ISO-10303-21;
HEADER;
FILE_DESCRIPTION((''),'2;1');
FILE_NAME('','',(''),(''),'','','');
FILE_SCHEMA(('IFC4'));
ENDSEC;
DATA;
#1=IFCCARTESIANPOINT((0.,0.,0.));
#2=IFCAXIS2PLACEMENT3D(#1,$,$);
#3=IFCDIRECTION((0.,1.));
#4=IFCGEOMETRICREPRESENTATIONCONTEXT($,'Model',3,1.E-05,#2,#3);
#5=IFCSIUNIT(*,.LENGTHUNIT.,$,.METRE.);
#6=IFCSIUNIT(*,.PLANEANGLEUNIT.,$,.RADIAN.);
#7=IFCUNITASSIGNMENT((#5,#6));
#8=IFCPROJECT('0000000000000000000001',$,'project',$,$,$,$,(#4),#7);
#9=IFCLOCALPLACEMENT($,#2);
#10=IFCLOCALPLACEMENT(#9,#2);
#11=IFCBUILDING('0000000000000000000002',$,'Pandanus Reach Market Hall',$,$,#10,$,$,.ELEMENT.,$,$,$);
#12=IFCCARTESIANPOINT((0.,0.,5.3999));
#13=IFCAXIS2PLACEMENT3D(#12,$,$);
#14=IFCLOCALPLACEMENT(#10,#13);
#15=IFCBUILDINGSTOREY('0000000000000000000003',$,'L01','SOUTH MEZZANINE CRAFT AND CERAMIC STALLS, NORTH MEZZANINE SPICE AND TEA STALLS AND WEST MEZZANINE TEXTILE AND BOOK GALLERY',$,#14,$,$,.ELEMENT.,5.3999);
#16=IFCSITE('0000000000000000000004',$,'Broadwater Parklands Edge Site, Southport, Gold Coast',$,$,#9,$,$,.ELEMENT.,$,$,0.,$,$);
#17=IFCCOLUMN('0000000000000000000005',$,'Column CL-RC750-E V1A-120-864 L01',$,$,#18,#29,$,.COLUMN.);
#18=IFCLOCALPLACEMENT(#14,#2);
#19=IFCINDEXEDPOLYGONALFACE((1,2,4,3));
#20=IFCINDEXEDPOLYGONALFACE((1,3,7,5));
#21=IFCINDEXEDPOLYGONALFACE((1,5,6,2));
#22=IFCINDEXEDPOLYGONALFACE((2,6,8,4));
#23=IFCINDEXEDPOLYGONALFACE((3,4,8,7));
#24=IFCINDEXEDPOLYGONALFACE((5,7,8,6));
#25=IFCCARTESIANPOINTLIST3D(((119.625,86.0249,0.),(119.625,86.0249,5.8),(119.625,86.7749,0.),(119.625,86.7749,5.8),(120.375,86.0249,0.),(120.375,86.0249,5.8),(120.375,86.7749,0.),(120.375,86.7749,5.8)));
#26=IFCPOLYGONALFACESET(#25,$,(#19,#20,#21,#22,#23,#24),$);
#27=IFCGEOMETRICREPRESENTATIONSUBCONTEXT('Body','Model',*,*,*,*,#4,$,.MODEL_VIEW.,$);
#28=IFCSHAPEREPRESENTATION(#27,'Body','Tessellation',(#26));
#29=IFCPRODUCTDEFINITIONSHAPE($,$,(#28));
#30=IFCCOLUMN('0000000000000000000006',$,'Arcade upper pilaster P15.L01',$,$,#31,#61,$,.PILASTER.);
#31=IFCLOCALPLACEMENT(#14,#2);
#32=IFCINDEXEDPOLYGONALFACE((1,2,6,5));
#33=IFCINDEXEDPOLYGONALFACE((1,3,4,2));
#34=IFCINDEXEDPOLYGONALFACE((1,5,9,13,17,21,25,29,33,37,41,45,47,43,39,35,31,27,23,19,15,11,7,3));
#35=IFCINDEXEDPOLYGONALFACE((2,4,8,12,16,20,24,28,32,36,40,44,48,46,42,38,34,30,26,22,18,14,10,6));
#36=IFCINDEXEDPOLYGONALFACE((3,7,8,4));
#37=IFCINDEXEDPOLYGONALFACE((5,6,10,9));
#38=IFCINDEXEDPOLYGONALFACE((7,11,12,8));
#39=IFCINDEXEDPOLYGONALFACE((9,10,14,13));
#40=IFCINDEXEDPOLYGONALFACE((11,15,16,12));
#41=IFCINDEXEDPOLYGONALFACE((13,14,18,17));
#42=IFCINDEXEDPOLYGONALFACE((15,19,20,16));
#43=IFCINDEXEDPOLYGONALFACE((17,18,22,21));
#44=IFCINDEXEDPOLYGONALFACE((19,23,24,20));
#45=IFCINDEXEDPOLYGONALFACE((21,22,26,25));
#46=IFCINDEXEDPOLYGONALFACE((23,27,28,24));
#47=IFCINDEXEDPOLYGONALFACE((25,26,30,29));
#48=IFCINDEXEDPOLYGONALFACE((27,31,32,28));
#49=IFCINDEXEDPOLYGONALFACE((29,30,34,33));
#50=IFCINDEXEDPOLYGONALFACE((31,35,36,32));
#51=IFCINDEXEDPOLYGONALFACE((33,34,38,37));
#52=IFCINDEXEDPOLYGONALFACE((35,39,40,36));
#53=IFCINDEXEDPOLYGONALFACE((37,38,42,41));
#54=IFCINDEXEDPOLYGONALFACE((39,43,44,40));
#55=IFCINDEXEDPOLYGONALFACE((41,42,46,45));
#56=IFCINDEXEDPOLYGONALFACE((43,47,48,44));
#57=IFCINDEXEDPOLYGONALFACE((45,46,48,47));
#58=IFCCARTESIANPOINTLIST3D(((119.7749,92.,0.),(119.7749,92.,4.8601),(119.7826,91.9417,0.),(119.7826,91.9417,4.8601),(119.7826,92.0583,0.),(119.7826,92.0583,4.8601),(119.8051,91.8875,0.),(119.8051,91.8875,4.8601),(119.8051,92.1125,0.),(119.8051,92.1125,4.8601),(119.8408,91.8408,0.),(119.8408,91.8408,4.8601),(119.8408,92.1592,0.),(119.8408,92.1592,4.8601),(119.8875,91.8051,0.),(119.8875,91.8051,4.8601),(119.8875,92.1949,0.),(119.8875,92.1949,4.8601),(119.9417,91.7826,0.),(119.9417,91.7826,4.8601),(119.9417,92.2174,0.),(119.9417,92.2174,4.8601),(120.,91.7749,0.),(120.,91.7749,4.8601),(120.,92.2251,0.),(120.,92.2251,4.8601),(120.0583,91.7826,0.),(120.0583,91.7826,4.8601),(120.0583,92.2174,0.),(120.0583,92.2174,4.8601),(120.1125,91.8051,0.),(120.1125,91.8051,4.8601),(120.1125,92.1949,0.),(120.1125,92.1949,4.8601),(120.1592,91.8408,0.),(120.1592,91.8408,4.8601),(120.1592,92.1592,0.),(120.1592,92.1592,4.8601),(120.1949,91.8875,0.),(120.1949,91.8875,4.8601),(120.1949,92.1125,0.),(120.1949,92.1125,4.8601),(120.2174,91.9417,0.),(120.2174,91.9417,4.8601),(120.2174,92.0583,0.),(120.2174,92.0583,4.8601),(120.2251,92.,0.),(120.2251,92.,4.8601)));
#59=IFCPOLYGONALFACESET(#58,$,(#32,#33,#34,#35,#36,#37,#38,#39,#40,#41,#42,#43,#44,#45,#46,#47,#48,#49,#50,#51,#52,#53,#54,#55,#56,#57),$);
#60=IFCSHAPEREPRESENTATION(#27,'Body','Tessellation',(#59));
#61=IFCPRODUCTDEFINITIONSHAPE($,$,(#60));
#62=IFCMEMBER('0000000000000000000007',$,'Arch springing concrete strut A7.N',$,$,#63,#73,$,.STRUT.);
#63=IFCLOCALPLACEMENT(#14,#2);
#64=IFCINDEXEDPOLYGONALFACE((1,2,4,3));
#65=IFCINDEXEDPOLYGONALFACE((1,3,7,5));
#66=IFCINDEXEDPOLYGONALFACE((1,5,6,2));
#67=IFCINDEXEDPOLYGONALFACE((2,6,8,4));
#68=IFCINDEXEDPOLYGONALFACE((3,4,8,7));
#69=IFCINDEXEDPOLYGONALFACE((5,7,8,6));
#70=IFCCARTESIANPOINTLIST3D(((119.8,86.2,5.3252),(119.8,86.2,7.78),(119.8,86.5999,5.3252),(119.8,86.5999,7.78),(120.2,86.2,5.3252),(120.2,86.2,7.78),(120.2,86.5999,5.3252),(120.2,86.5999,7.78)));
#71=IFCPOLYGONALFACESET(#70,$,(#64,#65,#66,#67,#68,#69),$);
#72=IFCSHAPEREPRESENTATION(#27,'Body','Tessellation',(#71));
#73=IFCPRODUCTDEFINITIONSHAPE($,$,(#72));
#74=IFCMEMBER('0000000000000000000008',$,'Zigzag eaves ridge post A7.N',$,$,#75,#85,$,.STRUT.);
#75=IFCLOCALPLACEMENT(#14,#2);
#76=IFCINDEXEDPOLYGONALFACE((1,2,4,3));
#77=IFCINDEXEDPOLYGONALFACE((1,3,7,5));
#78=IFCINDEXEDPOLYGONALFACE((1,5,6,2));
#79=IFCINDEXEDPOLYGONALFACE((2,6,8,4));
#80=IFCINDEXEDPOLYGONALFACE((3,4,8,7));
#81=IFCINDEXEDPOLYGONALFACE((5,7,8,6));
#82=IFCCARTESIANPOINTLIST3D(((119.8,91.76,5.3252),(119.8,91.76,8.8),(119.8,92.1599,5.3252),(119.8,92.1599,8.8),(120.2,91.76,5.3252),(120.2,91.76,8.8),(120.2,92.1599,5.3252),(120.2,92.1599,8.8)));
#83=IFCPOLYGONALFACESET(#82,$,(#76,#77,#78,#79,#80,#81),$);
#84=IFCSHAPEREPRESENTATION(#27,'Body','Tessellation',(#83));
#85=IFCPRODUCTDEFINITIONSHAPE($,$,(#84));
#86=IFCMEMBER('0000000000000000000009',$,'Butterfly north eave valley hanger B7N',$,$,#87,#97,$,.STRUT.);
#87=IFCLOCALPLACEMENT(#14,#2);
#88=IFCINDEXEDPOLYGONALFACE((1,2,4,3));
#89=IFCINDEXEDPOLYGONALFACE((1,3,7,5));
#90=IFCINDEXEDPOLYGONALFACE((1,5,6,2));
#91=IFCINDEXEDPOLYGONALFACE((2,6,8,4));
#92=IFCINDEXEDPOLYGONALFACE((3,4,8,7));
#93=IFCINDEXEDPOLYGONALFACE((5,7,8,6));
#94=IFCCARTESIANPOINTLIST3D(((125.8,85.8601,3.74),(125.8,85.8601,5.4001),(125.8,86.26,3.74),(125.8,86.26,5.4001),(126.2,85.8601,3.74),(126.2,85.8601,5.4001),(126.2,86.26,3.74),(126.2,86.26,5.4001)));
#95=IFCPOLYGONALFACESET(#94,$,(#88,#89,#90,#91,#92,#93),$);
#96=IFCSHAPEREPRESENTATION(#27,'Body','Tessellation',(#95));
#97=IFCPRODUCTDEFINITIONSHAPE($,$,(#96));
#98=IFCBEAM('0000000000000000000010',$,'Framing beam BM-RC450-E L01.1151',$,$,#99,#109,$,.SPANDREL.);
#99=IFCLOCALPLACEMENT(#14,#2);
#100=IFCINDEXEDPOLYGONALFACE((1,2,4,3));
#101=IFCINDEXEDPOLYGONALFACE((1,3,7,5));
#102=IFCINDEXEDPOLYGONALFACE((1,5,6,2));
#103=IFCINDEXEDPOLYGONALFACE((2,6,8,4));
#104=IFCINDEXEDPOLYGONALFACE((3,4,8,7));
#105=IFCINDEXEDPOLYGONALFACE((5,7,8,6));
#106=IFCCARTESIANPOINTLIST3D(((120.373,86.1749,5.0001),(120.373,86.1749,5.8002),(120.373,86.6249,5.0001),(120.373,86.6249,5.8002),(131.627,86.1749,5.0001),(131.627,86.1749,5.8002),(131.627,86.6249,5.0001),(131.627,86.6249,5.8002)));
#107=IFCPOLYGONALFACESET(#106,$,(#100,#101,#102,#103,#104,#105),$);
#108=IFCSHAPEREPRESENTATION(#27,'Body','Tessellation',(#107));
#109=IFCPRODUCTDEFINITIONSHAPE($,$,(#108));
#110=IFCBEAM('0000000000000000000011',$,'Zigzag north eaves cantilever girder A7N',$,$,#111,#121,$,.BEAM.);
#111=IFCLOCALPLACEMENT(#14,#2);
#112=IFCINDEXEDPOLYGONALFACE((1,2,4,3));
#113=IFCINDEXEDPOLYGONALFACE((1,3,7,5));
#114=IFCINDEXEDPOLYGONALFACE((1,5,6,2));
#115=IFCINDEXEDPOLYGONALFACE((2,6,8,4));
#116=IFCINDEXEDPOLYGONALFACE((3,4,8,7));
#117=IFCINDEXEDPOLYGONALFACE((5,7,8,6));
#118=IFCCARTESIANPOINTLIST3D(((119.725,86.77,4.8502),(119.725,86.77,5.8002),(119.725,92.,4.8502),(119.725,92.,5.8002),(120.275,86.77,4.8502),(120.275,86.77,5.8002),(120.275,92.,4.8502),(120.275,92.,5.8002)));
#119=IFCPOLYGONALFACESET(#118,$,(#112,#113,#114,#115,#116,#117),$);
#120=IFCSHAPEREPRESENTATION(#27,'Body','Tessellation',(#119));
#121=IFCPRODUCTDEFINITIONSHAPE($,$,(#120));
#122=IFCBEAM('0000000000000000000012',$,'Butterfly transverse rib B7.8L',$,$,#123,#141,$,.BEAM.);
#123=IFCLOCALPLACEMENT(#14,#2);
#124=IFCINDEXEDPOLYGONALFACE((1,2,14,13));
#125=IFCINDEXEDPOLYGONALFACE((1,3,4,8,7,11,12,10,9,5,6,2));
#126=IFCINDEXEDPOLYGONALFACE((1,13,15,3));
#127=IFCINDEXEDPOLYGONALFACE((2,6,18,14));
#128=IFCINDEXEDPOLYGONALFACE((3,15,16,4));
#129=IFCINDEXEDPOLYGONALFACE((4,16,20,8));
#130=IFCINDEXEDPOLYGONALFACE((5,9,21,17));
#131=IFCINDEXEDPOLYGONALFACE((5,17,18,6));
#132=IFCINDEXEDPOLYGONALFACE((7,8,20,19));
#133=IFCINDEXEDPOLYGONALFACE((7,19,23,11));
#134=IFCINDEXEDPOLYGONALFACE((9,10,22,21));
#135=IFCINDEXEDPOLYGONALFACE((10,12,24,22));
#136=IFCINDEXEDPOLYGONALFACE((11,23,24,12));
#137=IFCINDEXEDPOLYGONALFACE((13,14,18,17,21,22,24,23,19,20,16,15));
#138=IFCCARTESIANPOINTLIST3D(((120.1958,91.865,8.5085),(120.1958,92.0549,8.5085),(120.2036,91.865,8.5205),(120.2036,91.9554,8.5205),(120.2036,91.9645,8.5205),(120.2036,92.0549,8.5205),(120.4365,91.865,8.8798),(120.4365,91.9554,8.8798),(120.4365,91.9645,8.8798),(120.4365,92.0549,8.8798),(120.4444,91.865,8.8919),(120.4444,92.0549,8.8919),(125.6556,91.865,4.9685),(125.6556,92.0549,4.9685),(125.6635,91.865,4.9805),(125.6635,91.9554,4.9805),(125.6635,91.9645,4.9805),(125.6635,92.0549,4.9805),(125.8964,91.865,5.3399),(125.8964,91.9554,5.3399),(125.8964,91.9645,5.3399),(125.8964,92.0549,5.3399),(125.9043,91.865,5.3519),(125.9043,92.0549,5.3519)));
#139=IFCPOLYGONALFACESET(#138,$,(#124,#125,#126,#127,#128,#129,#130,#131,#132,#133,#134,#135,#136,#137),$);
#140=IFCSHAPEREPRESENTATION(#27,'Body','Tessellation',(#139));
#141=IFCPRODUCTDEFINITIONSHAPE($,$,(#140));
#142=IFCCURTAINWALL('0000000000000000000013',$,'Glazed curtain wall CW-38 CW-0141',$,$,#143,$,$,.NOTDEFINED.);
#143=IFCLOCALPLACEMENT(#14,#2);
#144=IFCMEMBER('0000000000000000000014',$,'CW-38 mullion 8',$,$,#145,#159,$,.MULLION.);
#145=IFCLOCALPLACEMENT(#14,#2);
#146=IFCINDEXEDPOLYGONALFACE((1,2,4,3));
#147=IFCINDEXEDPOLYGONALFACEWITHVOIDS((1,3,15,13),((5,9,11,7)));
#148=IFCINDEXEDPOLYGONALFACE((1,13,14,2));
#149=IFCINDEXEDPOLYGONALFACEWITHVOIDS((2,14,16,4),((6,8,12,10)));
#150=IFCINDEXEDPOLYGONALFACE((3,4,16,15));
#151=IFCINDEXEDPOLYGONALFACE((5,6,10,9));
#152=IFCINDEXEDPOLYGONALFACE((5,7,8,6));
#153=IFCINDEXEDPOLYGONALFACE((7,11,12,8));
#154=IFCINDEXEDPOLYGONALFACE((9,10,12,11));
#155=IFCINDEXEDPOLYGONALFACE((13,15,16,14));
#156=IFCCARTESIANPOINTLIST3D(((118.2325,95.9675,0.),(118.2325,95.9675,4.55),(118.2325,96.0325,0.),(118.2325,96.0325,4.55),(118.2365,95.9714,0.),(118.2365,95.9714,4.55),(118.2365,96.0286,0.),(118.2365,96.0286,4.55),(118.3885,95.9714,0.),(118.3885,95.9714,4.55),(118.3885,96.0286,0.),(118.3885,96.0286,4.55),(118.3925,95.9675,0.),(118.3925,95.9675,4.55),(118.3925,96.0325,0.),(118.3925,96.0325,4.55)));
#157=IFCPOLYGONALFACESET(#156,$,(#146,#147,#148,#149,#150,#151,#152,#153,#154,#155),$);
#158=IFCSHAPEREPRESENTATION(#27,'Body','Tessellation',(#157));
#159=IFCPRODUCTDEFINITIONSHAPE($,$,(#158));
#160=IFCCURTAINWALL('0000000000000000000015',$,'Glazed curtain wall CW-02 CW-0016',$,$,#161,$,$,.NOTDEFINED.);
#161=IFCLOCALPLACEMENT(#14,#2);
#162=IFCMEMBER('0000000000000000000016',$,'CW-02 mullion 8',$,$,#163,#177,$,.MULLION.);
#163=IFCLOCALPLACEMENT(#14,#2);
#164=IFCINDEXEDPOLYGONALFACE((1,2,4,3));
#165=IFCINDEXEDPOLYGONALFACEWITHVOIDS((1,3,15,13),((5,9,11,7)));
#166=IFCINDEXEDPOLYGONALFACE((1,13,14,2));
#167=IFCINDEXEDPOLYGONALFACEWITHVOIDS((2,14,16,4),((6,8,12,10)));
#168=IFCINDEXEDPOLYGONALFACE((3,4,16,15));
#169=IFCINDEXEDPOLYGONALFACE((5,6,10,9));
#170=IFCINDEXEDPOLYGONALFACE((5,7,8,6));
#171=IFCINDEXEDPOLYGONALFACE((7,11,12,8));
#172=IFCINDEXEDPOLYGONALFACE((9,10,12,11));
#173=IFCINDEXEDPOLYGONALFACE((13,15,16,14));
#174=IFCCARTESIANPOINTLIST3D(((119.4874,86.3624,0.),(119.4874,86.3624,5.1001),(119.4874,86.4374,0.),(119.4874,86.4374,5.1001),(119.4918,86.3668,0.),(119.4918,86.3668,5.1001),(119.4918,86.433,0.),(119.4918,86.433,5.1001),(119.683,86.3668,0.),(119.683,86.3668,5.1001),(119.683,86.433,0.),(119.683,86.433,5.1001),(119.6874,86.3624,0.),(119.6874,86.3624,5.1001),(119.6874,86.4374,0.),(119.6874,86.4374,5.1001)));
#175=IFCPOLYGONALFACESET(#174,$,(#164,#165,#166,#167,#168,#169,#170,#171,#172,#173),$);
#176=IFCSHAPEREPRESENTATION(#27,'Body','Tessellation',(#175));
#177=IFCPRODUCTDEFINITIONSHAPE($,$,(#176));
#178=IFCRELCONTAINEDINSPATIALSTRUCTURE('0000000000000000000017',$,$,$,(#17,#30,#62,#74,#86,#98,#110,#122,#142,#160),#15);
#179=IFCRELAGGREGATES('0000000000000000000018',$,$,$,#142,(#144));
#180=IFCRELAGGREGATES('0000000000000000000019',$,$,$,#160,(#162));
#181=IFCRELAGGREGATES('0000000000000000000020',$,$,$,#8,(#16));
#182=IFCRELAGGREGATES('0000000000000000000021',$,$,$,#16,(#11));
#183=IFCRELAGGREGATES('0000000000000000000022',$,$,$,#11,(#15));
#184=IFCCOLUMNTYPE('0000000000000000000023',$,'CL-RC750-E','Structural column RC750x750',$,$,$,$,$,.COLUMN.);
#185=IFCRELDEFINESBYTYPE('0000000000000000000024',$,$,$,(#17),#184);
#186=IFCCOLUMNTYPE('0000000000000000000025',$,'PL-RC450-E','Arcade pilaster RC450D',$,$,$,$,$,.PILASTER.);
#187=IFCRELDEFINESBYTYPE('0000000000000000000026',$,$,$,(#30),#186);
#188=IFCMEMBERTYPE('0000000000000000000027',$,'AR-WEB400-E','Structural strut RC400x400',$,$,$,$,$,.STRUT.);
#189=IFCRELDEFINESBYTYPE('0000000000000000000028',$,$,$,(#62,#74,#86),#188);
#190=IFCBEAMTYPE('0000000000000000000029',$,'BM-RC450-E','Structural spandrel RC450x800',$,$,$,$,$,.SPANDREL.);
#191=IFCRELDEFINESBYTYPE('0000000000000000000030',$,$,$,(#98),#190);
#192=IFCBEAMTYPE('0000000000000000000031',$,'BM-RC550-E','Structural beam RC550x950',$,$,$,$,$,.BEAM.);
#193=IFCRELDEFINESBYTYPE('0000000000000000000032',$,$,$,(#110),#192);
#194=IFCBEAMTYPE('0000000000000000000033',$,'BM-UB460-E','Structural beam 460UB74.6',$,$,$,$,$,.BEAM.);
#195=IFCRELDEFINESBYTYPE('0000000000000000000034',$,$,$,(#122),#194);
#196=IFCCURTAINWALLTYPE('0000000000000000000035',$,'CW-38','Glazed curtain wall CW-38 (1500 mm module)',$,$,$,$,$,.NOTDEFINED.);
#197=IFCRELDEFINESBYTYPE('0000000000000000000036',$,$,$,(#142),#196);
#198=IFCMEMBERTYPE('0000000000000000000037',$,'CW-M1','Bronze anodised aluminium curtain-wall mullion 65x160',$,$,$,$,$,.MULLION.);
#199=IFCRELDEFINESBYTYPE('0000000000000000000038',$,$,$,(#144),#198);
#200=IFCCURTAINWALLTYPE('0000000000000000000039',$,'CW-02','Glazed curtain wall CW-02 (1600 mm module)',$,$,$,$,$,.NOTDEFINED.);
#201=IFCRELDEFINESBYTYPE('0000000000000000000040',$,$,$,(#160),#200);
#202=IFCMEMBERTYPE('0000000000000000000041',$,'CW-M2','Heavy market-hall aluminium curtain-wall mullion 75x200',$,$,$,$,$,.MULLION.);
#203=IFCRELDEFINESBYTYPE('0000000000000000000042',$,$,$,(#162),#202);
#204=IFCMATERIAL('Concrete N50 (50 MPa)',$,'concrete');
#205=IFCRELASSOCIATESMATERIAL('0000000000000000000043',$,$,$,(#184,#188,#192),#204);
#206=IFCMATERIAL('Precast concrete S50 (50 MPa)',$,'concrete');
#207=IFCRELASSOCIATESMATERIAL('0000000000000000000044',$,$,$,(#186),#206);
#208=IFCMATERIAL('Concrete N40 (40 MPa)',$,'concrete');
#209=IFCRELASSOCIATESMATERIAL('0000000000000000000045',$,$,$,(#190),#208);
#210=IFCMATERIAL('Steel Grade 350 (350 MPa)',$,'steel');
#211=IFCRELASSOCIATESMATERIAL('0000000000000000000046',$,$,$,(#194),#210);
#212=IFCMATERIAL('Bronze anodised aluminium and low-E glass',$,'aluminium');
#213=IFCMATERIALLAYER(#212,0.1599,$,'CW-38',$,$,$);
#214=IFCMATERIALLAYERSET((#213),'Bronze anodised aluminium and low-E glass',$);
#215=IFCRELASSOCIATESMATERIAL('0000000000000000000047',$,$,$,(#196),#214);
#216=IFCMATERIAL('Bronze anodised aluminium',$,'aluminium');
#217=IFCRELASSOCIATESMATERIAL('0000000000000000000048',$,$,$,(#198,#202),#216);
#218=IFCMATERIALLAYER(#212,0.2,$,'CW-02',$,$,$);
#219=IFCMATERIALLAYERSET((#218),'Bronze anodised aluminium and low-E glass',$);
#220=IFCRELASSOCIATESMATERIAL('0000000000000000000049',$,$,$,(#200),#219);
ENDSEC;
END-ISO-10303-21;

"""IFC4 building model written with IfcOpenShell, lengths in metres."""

from ifc_helpers import new_model, si_unit, direction, frame, origin, origin_2d, place, context, subcontext, project, spatial, rectangle, hollow_rectangle, circle, i_section, extrude, material, layer, layer_set, material_profile, profile_set, type_object, element, aggregate, save


model = new_model("IFC4")

# Units and contexts
model_context = context("Model", 3, precision=1e-05, world=origin(), true_north=direction((0.0, 1.0)))
body_context = subcontext(model_context, "Body", "Model", "MODEL_VIEW")
ifc_project = project(units=[si_unit("LENGTHUNIT", "METRE"), si_unit("PLANEANGLEUNIT", "RADIAN")], contexts=[model_context])

# Site, building, storey
site_placement = place(None, origin())
site = spatial("IfcSite", under=ifc_project, at=site_placement, Name="Broadwater Parklands Edge Site, Southport, Gold Coast", CompositionType="ELEMENT", RefElevation=0.0)
building_placement = place(site_placement, origin())
building = spatial("IfcBuilding", under=site, at=building_placement, Name="Pandanus Reach Market Hall", CompositionType="ELEMENT")
storey_placement = place(building_placement, frame((0.0, 0.0, 5.3999)))
storey = spatial("IfcBuildingStorey", under=building, at=storey_placement, Name="L01", Description="SOUTH MEZZANINE CRAFT AND CERAMIC STALLS, NORTH MEZZANINE SPICE AND TEA STALLS AND WEST MEZZANINE TEXTILE AND BOOK GALLERY", CompositionType="ELEMENT", Elevation=5.3999)

# Columns
ifc_material_1 = material(Name="Concrete N50 (50 MPa)", Category="concrete")
ifc_material_profile_1 = material_profile(ifc_material_1, rectangle(XDim=0.75, YDim=0.75, at=origin_2d()), Name="RC750x750", Category="LoadBearing")
ifc_profile_set_1 = profile_set([ifc_material_profile_1], Name="Concrete N50 (50 MPa)")
column_type_1 = type_object("IfcColumnType", Name="CL-RC750-E", Description="Structural column RC750x750", PredefinedType="COLUMN", material=ifc_profile_set_1)
column_1_placement = place(storey_placement, frame((120.0, 86.3999, 0.0), z_axis=(0.0, 0.0, 1.0), x_axis=(1.0, 0.0, 0.0)))
element("IfcColumn", 1, at=column_1_placement, inside=storey, type_object=column_type_1, Name="Column CL-RC750-E V1A-120-864 L01", PredefinedType="COLUMN", context=body_context, shape_type="SweptSolid", body=[
    extrude(rectangle(XDim=0.75, YDim=0.75, at=origin_2d()), origin(), (0.0, 0.0, 1.0), 5.8),
])
ifc_material_2 = material(Name="Precast concrete S50 (50 MPa)", Category="concrete")
ifc_material_profile_2 = material_profile(ifc_material_2, circle(Radius=0.2251, at=origin_2d()), Name="RC450D", Category="LoadBearing")
ifc_profile_set_2 = profile_set([ifc_material_profile_2], Name="Precast concrete S50 (50 MPa)")
column_type_2 = type_object("IfcColumnType", Name="PL-RC450-E", Description="Arcade pilaster RC450D", PredefinedType="PILASTER", material=ifc_profile_set_2)
column_2_placement = place(storey_placement, frame((120.0, 92.0, 0.0), z_axis=(0.0, 0.0, 1.0), x_axis=(1.0, 0.0, 0.0)))
element("IfcColumn", 2, at=column_2_placement, inside=storey, type_object=column_type_2, Name="Arcade upper pilaster P15.L01", PredefinedType="PILASTER", context=body_context, shape_type="SweptSolid", body=[
    extrude(circle(Radius=0.2251, at=origin_2d()), origin(), (0.0, 0.0, 1.0), 4.8601),
])

# Members
ifc_material_profile_3 = material_profile(ifc_material_1, rectangle(XDim=0.3999, YDim=0.3999, at=origin_2d()), Name="RC400x400", Category="LoadBearing")
ifc_profile_set_3 = profile_set([ifc_material_profile_3], Name="Concrete N50 (50 MPa)")
member_type_1 = type_object("IfcMemberType", Name="AR-WEB400-E", Description="Structural strut RC400x400", PredefinedType="STRUT", material=ifc_profile_set_3)
member_1_placement = place(storey_placement, frame((120.0, 86.3999, 5.3252), z_axis=(0.0, 0.0, 1.0), x_axis=(1.0, 0.0, 0.0)))
element("IfcMember", 3, at=member_1_placement, inside=storey, type_object=member_type_1, Name="Arch springing concrete strut A7.N", PredefinedType="STRUT", context=body_context, shape_type="SweptSolid", body=[
    extrude(rectangle(XDim=0.3999, YDim=0.3999, at=origin_2d()), origin(), (0.0, 0.0, 1.0), 2.4548),
])
member_2_placement = place(storey_placement, frame((120.0, 91.96, 5.3252), z_axis=(0.0, 0.0, 1.0), x_axis=(1.0, 0.0, 0.0)))
element("IfcMember", 4, at=member_2_placement, inside=storey, type_object=member_type_1, Name="Zigzag eaves ridge post A7.N", PredefinedType="STRUT", context=body_context, shape_type="SweptSolid", body=[
    extrude(rectangle(XDim=0.3999, YDim=0.3999, at=origin_2d()), origin(), (0.0, 0.0, 1.0), 3.4749),
])
member_3_placement = place(storey_placement, frame((126.0, 86.0601, 3.74), z_axis=(0.0, 0.0, 1.0), x_axis=(1.0, 0.0, 0.0)))
element("IfcMember", 5, at=member_3_placement, inside=storey, type_object=member_type_1, Name="Butterfly north eave valley hanger B7N", PredefinedType="STRUT", context=body_context, shape_type="SweptSolid", body=[
    extrude(rectangle(XDim=0.3999, YDim=0.3999, at=origin_2d()), origin(), (0.0, 0.0, 1.0), 1.6602),
])

# Beams
ifc_material_3 = material(Name="Concrete N40 (40 MPa)", Category="concrete")
ifc_material_profile_4 = material_profile(ifc_material_3, rectangle(XDim=0.45, YDim=0.8, at=origin_2d()), Name="RC450x800", Category="LoadBearing")
ifc_profile_set_4 = profile_set([ifc_material_profile_4], Name="Concrete N40 (40 MPa)")
beam_type_1 = type_object("IfcBeamType", Name="BM-RC450-E", Description="Structural spandrel RC450x800", PredefinedType="SPANDREL", material=ifc_profile_set_4)
beam_1_placement = place(storey_placement, frame((120.373, 86.3999, 5.4001), z_axis=(1.0, 0.0, 0.0), x_axis=(0.0, 1.0, 0.0)))
element("IfcBeam", 6, at=beam_1_placement, inside=storey, type_object=beam_type_1, Name="Framing beam BM-RC450-E L01.1151", PredefinedType="SPANDREL", context=body_context, shape_type="SweptSolid", body=[
    extrude(rectangle(XDim=0.45, YDim=0.8, at=origin_2d()), origin(), (0.0, 0.0, 1.0), 11.2539),
])
ifc_material_profile_5 = material_profile(ifc_material_1, rectangle(XDim=0.55, YDim=0.95, at=origin_2d()), Name="RC550x950", Category="LoadBearing")
ifc_profile_set_5 = profile_set([ifc_material_profile_5], Name="Concrete N50 (50 MPa)")
beam_type_2 = type_object("IfcBeamType", Name="BM-RC550-E", Description="Structural beam RC550x950", PredefinedType="BEAM", material=ifc_profile_set_5)
beam_2_placement = place(storey_placement, frame((120.0, 86.77, 5.3252), z_axis=(0.0, 1.0, 0.0), x_axis=(-1.0, 0.0, 0.0)))
element("IfcBeam", 7, at=beam_2_placement, inside=storey, type_object=beam_type_2, Name="Zigzag north eaves cantilever girder A7N", PredefinedType="BEAM", context=body_context, shape_type="SweptSolid", body=[
    extrude(rectangle(XDim=0.55, YDim=0.95, at=origin_2d()), origin(), (0.0, 0.0, 1.0), 5.23),
])
ifc_material_4 = material(Name="Steel Grade 350 (350 MPa)", Category="steel")
ifc_material_profile_6 = material_profile(ifc_material_4, i_section(OverallWidth=0.1899, OverallDepth=0.457, WebThickness=0.009, FlangeThickness=0.0144, at=origin_2d()), Name="460UB74.6", Category="LoadBearing")
ifc_profile_set_6 = profile_set([ifc_material_profile_6], Name="Steel Grade 350 (350 MPa)")
beam_type_3 = type_object("IfcBeamType", Name="BM-UB460-E", Description="Structural beam 460UB74.6", PredefinedType="BEAM", material=ifc_profile_set_6)
beam_3_placement = place(storey_placement, frame((120.3201, 91.96, 8.7002), z_axis=(0.839071, 0.0, -0.544023), x_axis=(0.0, 1.0, 0.0)))
element("IfcBeam", 8, at=beam_3_placement, inside=storey, type_object=beam_type_3, Name="Butterfly transverse rib B7.8L", PredefinedType="BEAM", context=body_context, shape_type="SweptSolid", body=[
    extrude(i_section(OverallWidth=0.1899, OverallDepth=0.457, WebThickness=0.009, FlangeThickness=0.0144, at=origin_2d()), origin(), (0.0, 0.0, 1.0), 6.5071),
])

# Curtain walls, members
ifc_material_5 = material(Name="Bronze anodised aluminium and low-E glass", Category="aluminium")
ifc_layer_1 = layer(ifc_material_5, 0.1599, Name="CW-38")
ifc_layer_set_1 = layer_set([ifc_layer_1], Name="Bronze anodised aluminium and low-E glass")
curtain_wall_type_1 = type_object("IfcCurtainWallType", Name="CW-38", Description="Glazed curtain wall CW-38 (1500 mm module)", PredefinedType="NOTDEFINED", material=ifc_layer_set_1)
curtain_wall_1_placement = place(storey_placement, origin())
curtain_wall_1 = element("IfcCurtainWall", 9, at=curtain_wall_1_placement, inside=storey, type_object=curtain_wall_type_1, Name="Glazed curtain wall CW-38 CW-0141", PredefinedType="NOTDEFINED")
ifc_material_6 = material(Name="Bronze anodised aluminium", Category="aluminium")
ifc_material_profile_7 = material_profile(ifc_material_6, hollow_rectangle(XDim=0.0649, YDim=0.1599, WallThickness=0.0039, at=origin_2d()), Name="ALU65x160", Category="LoadBearing")
ifc_profile_set_7 = profile_set([ifc_material_profile_7], Name="Bronze anodised aluminium")
member_type_2 = type_object("IfcMemberType", Name="CW-M1", Description="Bronze anodised aluminium curtain-wall mullion 65x160", PredefinedType="MULLION", material=ifc_profile_set_7)
member_4_placement = place(storey_placement, frame((118.3125, 96.0, 0.0), z_axis=(0.0, 0.0, 1.0), x_axis=(0.0, 1.0, 0.0)))
member_4 = element("IfcMember", 10, at=member_4_placement, type_object=member_type_2, Name="CW-38 mullion 8", PredefinedType="MULLION", context=body_context, shape_type="SweptSolid", body=[
    extrude(hollow_rectangle(XDim=0.0649, YDim=0.1599, WallThickness=0.0039, at=origin_2d()), origin(), (0.0, 0.0, 1.0), 4.55),
])
ifc_layer_2 = layer(ifc_material_5, 0.2, Name="CW-02")
ifc_layer_set_2 = layer_set([ifc_layer_2], Name="Bronze anodised aluminium and low-E glass")
curtain_wall_type_2 = type_object("IfcCurtainWallType", Name="CW-02", Description="Glazed curtain wall CW-02 (1600 mm module)", PredefinedType="NOTDEFINED", material=ifc_layer_set_2)
curtain_wall_2_placement = place(storey_placement, origin())
curtain_wall_2 = element("IfcCurtainWall", 11, at=curtain_wall_2_placement, inside=storey, type_object=curtain_wall_type_2, Name="Glazed curtain wall CW-02 CW-0016", PredefinedType="NOTDEFINED")
ifc_material_profile_8 = material_profile(ifc_material_6, hollow_rectangle(XDim=0.075, YDim=0.2, WallThickness=0.0044, at=origin_2d()), Name="ALU75x200", Category="LoadBearing")
ifc_profile_set_8 = profile_set([ifc_material_profile_8], Name="Bronze anodised aluminium")
member_type_3 = type_object("IfcMemberType", Name="CW-M2", Description="Heavy market-hall aluminium curtain-wall mullion 75x200", PredefinedType="MULLION", material=ifc_profile_set_8)
member_5_placement = place(storey_placement, frame((119.5874, 86.3999, 0.0), z_axis=(0.0, 0.0, 1.0), x_axis=(0.0, 1.0, 0.0)))
member_5 = element("IfcMember", 12, at=member_5_placement, type_object=member_type_3, Name="CW-02 mullion 8", PredefinedType="MULLION", context=body_context, shape_type="SweptSolid", body=[
    extrude(hollow_rectangle(XDim=0.075, YDim=0.2, WallThickness=0.0044, at=origin_2d()), origin(), (0.0, 0.0, 1.0), 5.1001),
])

aggregate(curtain_wall_1, [member_4])

aggregate(curtain_wall_2, [member_5])

save(model, "model.ifc")
